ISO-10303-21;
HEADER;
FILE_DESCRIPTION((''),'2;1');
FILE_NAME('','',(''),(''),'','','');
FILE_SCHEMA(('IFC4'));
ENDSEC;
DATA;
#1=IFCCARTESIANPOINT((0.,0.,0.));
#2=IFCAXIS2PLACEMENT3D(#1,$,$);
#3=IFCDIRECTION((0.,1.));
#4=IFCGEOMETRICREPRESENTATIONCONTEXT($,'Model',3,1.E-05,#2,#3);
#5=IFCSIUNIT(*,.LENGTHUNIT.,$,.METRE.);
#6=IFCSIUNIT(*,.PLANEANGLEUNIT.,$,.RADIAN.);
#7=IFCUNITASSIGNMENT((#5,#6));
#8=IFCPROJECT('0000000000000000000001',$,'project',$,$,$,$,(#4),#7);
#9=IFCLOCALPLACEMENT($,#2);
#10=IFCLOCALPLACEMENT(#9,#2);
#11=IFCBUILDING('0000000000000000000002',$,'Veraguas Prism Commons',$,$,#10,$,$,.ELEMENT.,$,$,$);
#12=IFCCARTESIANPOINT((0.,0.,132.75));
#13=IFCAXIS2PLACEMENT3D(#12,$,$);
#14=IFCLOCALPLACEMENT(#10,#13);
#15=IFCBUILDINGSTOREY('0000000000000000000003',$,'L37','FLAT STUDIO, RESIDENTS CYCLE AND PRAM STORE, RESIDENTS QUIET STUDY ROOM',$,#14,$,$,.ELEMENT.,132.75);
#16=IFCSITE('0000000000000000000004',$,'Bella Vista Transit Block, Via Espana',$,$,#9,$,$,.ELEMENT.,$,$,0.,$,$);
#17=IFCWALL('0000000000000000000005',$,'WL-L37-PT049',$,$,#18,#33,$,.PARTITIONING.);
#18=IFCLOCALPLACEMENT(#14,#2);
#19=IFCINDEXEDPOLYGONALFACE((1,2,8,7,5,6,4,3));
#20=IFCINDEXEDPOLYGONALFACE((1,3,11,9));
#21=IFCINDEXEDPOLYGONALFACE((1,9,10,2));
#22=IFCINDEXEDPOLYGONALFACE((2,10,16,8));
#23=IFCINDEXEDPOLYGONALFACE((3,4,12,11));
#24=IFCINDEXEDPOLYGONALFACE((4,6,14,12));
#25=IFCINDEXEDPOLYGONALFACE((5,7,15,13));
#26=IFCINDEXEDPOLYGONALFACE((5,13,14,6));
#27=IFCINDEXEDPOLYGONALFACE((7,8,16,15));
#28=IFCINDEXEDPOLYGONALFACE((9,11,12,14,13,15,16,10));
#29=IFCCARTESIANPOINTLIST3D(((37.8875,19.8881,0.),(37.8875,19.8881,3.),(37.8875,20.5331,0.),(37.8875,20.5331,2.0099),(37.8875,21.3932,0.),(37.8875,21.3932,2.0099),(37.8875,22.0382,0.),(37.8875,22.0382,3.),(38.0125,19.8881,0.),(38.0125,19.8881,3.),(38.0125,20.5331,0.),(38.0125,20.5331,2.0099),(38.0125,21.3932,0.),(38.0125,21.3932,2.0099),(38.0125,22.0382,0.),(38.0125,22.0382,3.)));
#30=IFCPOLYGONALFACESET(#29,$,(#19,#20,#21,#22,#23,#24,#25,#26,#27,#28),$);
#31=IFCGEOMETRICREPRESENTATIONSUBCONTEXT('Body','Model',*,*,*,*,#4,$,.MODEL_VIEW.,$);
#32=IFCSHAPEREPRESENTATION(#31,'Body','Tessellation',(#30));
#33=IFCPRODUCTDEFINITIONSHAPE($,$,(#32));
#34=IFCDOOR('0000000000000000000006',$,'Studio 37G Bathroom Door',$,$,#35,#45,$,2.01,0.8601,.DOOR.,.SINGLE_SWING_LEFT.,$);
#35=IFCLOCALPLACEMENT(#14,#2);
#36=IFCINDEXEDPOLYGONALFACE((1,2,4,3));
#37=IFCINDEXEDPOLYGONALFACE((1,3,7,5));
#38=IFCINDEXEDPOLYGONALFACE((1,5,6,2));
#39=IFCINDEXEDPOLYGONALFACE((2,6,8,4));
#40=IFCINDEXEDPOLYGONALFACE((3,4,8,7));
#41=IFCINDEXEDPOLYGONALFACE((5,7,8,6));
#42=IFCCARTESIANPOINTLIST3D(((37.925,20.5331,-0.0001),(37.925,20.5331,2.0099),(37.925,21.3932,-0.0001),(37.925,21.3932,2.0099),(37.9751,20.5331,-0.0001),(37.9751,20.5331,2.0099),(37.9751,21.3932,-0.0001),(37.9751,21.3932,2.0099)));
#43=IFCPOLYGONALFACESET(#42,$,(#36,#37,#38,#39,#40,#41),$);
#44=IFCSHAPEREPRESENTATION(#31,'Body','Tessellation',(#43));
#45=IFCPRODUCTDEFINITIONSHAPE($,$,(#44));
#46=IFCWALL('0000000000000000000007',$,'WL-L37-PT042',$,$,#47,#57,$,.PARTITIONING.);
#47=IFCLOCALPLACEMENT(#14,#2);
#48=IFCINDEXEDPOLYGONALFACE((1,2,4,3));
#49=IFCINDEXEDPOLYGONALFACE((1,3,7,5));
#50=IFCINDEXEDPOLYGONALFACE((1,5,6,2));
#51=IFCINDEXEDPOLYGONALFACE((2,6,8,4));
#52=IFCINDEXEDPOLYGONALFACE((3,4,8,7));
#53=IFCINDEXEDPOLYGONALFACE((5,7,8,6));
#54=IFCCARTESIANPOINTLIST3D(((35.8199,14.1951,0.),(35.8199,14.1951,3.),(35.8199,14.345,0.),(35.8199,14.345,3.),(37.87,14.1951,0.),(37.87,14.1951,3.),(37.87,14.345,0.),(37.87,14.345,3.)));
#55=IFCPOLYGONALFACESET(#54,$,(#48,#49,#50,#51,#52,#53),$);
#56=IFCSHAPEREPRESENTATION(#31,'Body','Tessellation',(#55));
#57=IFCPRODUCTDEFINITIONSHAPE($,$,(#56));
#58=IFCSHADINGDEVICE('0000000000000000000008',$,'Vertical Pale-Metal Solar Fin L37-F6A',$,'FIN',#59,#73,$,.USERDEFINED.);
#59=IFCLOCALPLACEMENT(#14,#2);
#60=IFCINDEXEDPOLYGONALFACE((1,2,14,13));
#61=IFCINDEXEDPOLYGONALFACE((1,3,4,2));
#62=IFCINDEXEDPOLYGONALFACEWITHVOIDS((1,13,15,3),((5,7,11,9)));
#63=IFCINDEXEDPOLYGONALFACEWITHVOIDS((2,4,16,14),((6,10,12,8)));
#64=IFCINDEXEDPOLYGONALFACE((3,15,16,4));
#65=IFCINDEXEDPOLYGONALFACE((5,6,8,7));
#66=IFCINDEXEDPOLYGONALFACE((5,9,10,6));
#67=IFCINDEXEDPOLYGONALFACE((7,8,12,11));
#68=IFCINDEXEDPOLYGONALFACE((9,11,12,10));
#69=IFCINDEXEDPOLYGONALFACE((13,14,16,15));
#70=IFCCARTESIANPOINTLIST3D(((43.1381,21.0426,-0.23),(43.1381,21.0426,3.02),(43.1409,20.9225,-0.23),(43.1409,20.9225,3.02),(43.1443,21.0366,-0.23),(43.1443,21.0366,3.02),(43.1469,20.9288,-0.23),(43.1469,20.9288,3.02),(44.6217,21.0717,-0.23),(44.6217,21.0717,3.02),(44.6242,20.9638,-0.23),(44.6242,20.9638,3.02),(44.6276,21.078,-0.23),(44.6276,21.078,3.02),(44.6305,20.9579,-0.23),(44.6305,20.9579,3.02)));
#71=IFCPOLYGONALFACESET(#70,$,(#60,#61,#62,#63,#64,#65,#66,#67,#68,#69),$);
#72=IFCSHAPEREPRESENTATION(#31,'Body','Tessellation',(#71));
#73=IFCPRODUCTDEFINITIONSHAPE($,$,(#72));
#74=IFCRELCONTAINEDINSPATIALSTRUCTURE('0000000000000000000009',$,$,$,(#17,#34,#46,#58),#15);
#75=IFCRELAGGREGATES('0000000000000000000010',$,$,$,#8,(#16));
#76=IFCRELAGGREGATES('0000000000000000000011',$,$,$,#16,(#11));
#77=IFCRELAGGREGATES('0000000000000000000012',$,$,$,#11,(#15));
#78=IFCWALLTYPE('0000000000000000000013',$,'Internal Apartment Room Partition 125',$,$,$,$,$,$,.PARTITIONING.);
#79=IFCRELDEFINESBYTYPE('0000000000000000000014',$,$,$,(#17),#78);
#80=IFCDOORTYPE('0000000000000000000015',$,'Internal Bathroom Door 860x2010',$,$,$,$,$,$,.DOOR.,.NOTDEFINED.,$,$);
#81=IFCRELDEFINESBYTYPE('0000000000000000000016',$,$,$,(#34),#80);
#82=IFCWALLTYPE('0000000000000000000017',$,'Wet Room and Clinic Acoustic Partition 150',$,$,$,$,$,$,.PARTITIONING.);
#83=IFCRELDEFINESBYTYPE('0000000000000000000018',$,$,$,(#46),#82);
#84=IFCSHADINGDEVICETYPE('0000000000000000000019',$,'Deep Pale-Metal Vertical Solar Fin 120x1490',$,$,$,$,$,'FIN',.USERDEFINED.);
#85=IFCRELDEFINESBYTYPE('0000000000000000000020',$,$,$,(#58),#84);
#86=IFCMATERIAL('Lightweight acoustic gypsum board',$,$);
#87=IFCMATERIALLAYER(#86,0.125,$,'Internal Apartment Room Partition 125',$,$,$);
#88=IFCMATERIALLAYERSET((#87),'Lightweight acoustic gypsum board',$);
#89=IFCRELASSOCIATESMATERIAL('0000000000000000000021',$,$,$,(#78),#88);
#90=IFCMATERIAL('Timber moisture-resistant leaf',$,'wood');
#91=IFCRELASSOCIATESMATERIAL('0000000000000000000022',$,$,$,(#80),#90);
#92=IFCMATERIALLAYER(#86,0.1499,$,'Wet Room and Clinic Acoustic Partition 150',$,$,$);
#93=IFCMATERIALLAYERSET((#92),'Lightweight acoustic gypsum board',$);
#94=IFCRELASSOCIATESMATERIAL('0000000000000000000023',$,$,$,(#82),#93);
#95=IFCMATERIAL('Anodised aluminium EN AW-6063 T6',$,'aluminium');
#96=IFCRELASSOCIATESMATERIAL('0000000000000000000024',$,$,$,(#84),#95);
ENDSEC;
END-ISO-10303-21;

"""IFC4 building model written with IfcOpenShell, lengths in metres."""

from ifc_helpers import new_model, si_unit, direction, frame, frame_2d, origin, origin_2d, place, context, subcontext, project, spatial, rectangle, hollow_rectangle, extrude, source, transform, mapped, material, layer, layer_set, material_profile, profile_set, type_object, element, fill, save


model = new_model("IFC4")

# Units and contexts
model_context = context("Model", 3, precision=1e-05, world=origin(), true_north=direction((0.0, 1.0)))
body_context = subcontext(model_context, "Body", "Model", "MODEL_VIEW")
ifc_project = project(units=[si_unit("LENGTHUNIT", "METRE"), si_unit("PLANEANGLEUNIT", "RADIAN")], contexts=[model_context])

# Site, building, storey
site_placement = place(None, origin())
site = spatial("IfcSite", under=ifc_project, at=site_placement, Name="Bella Vista Transit Block, Via Espana", CompositionType="ELEMENT", RefElevation=0.0)
building_placement = place(site_placement, origin())
building = spatial("IfcBuilding", under=site, at=building_placement, Name="Veraguas Prism Commons", CompositionType="ELEMENT")
storey_placement = place(building_placement, frame((0.0, 0.0, 132.75)))
storey = spatial("IfcBuildingStorey", under=building, at=storey_placement, Name="L37", Description="FLAT STUDIO, RESIDENTS CYCLE AND PRAM STORE, RESIDENTS QUIET STUDY ROOM", CompositionType="ELEMENT", Elevation=132.75)

# Shared definitions
ifc_material_1 = material(Name="Anodised aluminium EN AW-6063 T6", Category="aluminium")

# Wall, opening, door
ifc_material_2 = material(Name="Lightweight acoustic gypsum board")
ifc_layer_1 = layer(ifc_material_2, 0.125, Name="Internal Apartment Room Partition 125")
ifc_layer_set_1 = layer_set([ifc_layer_1], Name="Lightweight acoustic gypsum board")
wall_type_1 = type_object("IfcWallType", Name="Internal Apartment Room Partition 125", PredefinedType="PARTITIONING", material=ifc_layer_set_1)
wall_1_placement = place(storey_placement, frame((37.95, 19.8879, 0.0), z_axis=(0.0, 0.0, 1.0), x_axis=(0.0, 1.0, 0.0)))
wall_1 = element("IfcWall", 1, at=wall_1_placement, inside=storey, type_object=wall_type_1, Name="WL-L37-PT049", PredefinedType="PARTITIONING", context=body_context, shape_type="SweptSolid", body=[
    extrude(rectangle(XDim=2.1501, YDim=0.125, at=frame_2d((1.0752, 0.0))), origin(), (0.0, 0.0, 1.0), 3.0),
])
opening_1_placement = place(wall_1_placement, frame((0.645, 0.0, 0.0)))
opening_1 = element("IfcOpeningElement", 2, at=opening_1_placement, cuts=wall_1, PredefinedType="OPENING", context=body_context, shape_type="SweptSolid", body=[
    extrude(rectangle(XDim=0.8601, YDim=2.01, at=frame_2d((0.4302, 1.0049))), frame((0.0, 0.0725, 0.0), z_axis=(0.0, -1.0, 0.0), x_axis=(1.0, 0.0, 0.0)), (0.0, 0.0, 1.0), 0.145),
])
ifc_material_3 = material(Name="Timber moisture-resistant leaf", Category="wood")
door_type_1 = type_object("IfcDoorType", Name="Internal Bathroom Door 860x2010", OperationType="NOTDEFINED", PredefinedType="DOOR", material=ifc_material_3)
shared_shape_1 = source(origin(), body_context, "Body", "SweptSolid", [
    extrude(rectangle(XDim=0.8601, YDim=2.01, at=frame_2d((0.4302, 1.0049))), frame((0.0, 0.0249, 0.0), z_axis=(0.0, -1.0, 0.0), x_axis=(1.0, 0.0, 0.0)), (0.0, 0.0, 1.0), 0.05),
])
door_1_placement = place(opening_1_placement, origin())
door_1 = element("IfcDoor", 3, at=door_1_placement, inside=storey, type_object=door_type_1, Name="Studio 37G Bathroom Door", OperationType="SINGLE_SWING_LEFT", OverallHeight=2.01, OverallWidth=0.8601, PredefinedType="DOOR", context=body_context, shape_type="MappedRepresentation", body=[
    mapped(shared_shape_1, transform((0.0, 0.0, 0.0), scale=1.0)),
])
fill(opening_1, door_1)

# Wall
ifc_layer_2 = layer(ifc_material_2, 0.1499, Name="Wet Room and Clinic Acoustic Partition 150")
ifc_layer_set_2 = layer_set([ifc_layer_2], Name="Lightweight acoustic gypsum board")
wall_type_2 = type_object("IfcWallType", Name="Wet Room and Clinic Acoustic Partition 150", PredefinedType="PARTITIONING", material=ifc_layer_set_2)
wall_2_placement = place(storey_placement, frame((35.8201, 14.27, 0.0), z_axis=(0.0, 0.0, 1.0), x_axis=(1.0, 0.0, 0.0)))
element("IfcWall", 4, at=wall_2_placement, inside=storey, type_object=wall_type_2, Name="WL-L37-PT042", PredefinedType="PARTITIONING", context=body_context, shape_type="SweptSolid", body=[
    extrude(rectangle(XDim=2.05, YDim=0.1499, at=frame_2d((1.0249, 0.0))), origin(), (0.0, 0.0, 1.0), 3.0),
])

# Shading device
ifc_material_profile_1 = material_profile(ifc_material_1, hollow_rectangle(XDim=0.1201, YDim=1.49, WallThickness=0.0061, at=origin_2d()), Name="FIN120X1490X6")
ifc_profile_set_1 = profile_set([ifc_material_profile_1], Name="Anodised aluminium EN AW-6063 T6")
shading_device_type = type_object("IfcShadingDeviceType", Name="Deep Pale-Metal Vertical Solar Fin 120x1490", ElementType="FIN", PredefinedType="USERDEFINED", material=ifc_profile_set_1)
shading_device_placement = place(storey_placement, frame((43.8843, 21.0002, -0.23), z_axis=(0.0, 0.0, 1.0), x_axis=(-0.023734, 0.999718, 0.0)))
element("IfcShadingDevice", 5, at=shading_device_placement, inside=storey, type_object=shading_device_type, Name="Vertical Pale-Metal Solar Fin L37-F6A", ObjectType="FIN", PredefinedType="USERDEFINED", context=body_context, shape_type="SweptSolid", body=[
    extrude(hollow_rectangle(XDim=0.1201, YDim=1.49, WallThickness=0.0061, at=origin_2d()), origin(), (0.0, 0.0, 1.0), 3.25),
])

save(model, "model.ifc")
